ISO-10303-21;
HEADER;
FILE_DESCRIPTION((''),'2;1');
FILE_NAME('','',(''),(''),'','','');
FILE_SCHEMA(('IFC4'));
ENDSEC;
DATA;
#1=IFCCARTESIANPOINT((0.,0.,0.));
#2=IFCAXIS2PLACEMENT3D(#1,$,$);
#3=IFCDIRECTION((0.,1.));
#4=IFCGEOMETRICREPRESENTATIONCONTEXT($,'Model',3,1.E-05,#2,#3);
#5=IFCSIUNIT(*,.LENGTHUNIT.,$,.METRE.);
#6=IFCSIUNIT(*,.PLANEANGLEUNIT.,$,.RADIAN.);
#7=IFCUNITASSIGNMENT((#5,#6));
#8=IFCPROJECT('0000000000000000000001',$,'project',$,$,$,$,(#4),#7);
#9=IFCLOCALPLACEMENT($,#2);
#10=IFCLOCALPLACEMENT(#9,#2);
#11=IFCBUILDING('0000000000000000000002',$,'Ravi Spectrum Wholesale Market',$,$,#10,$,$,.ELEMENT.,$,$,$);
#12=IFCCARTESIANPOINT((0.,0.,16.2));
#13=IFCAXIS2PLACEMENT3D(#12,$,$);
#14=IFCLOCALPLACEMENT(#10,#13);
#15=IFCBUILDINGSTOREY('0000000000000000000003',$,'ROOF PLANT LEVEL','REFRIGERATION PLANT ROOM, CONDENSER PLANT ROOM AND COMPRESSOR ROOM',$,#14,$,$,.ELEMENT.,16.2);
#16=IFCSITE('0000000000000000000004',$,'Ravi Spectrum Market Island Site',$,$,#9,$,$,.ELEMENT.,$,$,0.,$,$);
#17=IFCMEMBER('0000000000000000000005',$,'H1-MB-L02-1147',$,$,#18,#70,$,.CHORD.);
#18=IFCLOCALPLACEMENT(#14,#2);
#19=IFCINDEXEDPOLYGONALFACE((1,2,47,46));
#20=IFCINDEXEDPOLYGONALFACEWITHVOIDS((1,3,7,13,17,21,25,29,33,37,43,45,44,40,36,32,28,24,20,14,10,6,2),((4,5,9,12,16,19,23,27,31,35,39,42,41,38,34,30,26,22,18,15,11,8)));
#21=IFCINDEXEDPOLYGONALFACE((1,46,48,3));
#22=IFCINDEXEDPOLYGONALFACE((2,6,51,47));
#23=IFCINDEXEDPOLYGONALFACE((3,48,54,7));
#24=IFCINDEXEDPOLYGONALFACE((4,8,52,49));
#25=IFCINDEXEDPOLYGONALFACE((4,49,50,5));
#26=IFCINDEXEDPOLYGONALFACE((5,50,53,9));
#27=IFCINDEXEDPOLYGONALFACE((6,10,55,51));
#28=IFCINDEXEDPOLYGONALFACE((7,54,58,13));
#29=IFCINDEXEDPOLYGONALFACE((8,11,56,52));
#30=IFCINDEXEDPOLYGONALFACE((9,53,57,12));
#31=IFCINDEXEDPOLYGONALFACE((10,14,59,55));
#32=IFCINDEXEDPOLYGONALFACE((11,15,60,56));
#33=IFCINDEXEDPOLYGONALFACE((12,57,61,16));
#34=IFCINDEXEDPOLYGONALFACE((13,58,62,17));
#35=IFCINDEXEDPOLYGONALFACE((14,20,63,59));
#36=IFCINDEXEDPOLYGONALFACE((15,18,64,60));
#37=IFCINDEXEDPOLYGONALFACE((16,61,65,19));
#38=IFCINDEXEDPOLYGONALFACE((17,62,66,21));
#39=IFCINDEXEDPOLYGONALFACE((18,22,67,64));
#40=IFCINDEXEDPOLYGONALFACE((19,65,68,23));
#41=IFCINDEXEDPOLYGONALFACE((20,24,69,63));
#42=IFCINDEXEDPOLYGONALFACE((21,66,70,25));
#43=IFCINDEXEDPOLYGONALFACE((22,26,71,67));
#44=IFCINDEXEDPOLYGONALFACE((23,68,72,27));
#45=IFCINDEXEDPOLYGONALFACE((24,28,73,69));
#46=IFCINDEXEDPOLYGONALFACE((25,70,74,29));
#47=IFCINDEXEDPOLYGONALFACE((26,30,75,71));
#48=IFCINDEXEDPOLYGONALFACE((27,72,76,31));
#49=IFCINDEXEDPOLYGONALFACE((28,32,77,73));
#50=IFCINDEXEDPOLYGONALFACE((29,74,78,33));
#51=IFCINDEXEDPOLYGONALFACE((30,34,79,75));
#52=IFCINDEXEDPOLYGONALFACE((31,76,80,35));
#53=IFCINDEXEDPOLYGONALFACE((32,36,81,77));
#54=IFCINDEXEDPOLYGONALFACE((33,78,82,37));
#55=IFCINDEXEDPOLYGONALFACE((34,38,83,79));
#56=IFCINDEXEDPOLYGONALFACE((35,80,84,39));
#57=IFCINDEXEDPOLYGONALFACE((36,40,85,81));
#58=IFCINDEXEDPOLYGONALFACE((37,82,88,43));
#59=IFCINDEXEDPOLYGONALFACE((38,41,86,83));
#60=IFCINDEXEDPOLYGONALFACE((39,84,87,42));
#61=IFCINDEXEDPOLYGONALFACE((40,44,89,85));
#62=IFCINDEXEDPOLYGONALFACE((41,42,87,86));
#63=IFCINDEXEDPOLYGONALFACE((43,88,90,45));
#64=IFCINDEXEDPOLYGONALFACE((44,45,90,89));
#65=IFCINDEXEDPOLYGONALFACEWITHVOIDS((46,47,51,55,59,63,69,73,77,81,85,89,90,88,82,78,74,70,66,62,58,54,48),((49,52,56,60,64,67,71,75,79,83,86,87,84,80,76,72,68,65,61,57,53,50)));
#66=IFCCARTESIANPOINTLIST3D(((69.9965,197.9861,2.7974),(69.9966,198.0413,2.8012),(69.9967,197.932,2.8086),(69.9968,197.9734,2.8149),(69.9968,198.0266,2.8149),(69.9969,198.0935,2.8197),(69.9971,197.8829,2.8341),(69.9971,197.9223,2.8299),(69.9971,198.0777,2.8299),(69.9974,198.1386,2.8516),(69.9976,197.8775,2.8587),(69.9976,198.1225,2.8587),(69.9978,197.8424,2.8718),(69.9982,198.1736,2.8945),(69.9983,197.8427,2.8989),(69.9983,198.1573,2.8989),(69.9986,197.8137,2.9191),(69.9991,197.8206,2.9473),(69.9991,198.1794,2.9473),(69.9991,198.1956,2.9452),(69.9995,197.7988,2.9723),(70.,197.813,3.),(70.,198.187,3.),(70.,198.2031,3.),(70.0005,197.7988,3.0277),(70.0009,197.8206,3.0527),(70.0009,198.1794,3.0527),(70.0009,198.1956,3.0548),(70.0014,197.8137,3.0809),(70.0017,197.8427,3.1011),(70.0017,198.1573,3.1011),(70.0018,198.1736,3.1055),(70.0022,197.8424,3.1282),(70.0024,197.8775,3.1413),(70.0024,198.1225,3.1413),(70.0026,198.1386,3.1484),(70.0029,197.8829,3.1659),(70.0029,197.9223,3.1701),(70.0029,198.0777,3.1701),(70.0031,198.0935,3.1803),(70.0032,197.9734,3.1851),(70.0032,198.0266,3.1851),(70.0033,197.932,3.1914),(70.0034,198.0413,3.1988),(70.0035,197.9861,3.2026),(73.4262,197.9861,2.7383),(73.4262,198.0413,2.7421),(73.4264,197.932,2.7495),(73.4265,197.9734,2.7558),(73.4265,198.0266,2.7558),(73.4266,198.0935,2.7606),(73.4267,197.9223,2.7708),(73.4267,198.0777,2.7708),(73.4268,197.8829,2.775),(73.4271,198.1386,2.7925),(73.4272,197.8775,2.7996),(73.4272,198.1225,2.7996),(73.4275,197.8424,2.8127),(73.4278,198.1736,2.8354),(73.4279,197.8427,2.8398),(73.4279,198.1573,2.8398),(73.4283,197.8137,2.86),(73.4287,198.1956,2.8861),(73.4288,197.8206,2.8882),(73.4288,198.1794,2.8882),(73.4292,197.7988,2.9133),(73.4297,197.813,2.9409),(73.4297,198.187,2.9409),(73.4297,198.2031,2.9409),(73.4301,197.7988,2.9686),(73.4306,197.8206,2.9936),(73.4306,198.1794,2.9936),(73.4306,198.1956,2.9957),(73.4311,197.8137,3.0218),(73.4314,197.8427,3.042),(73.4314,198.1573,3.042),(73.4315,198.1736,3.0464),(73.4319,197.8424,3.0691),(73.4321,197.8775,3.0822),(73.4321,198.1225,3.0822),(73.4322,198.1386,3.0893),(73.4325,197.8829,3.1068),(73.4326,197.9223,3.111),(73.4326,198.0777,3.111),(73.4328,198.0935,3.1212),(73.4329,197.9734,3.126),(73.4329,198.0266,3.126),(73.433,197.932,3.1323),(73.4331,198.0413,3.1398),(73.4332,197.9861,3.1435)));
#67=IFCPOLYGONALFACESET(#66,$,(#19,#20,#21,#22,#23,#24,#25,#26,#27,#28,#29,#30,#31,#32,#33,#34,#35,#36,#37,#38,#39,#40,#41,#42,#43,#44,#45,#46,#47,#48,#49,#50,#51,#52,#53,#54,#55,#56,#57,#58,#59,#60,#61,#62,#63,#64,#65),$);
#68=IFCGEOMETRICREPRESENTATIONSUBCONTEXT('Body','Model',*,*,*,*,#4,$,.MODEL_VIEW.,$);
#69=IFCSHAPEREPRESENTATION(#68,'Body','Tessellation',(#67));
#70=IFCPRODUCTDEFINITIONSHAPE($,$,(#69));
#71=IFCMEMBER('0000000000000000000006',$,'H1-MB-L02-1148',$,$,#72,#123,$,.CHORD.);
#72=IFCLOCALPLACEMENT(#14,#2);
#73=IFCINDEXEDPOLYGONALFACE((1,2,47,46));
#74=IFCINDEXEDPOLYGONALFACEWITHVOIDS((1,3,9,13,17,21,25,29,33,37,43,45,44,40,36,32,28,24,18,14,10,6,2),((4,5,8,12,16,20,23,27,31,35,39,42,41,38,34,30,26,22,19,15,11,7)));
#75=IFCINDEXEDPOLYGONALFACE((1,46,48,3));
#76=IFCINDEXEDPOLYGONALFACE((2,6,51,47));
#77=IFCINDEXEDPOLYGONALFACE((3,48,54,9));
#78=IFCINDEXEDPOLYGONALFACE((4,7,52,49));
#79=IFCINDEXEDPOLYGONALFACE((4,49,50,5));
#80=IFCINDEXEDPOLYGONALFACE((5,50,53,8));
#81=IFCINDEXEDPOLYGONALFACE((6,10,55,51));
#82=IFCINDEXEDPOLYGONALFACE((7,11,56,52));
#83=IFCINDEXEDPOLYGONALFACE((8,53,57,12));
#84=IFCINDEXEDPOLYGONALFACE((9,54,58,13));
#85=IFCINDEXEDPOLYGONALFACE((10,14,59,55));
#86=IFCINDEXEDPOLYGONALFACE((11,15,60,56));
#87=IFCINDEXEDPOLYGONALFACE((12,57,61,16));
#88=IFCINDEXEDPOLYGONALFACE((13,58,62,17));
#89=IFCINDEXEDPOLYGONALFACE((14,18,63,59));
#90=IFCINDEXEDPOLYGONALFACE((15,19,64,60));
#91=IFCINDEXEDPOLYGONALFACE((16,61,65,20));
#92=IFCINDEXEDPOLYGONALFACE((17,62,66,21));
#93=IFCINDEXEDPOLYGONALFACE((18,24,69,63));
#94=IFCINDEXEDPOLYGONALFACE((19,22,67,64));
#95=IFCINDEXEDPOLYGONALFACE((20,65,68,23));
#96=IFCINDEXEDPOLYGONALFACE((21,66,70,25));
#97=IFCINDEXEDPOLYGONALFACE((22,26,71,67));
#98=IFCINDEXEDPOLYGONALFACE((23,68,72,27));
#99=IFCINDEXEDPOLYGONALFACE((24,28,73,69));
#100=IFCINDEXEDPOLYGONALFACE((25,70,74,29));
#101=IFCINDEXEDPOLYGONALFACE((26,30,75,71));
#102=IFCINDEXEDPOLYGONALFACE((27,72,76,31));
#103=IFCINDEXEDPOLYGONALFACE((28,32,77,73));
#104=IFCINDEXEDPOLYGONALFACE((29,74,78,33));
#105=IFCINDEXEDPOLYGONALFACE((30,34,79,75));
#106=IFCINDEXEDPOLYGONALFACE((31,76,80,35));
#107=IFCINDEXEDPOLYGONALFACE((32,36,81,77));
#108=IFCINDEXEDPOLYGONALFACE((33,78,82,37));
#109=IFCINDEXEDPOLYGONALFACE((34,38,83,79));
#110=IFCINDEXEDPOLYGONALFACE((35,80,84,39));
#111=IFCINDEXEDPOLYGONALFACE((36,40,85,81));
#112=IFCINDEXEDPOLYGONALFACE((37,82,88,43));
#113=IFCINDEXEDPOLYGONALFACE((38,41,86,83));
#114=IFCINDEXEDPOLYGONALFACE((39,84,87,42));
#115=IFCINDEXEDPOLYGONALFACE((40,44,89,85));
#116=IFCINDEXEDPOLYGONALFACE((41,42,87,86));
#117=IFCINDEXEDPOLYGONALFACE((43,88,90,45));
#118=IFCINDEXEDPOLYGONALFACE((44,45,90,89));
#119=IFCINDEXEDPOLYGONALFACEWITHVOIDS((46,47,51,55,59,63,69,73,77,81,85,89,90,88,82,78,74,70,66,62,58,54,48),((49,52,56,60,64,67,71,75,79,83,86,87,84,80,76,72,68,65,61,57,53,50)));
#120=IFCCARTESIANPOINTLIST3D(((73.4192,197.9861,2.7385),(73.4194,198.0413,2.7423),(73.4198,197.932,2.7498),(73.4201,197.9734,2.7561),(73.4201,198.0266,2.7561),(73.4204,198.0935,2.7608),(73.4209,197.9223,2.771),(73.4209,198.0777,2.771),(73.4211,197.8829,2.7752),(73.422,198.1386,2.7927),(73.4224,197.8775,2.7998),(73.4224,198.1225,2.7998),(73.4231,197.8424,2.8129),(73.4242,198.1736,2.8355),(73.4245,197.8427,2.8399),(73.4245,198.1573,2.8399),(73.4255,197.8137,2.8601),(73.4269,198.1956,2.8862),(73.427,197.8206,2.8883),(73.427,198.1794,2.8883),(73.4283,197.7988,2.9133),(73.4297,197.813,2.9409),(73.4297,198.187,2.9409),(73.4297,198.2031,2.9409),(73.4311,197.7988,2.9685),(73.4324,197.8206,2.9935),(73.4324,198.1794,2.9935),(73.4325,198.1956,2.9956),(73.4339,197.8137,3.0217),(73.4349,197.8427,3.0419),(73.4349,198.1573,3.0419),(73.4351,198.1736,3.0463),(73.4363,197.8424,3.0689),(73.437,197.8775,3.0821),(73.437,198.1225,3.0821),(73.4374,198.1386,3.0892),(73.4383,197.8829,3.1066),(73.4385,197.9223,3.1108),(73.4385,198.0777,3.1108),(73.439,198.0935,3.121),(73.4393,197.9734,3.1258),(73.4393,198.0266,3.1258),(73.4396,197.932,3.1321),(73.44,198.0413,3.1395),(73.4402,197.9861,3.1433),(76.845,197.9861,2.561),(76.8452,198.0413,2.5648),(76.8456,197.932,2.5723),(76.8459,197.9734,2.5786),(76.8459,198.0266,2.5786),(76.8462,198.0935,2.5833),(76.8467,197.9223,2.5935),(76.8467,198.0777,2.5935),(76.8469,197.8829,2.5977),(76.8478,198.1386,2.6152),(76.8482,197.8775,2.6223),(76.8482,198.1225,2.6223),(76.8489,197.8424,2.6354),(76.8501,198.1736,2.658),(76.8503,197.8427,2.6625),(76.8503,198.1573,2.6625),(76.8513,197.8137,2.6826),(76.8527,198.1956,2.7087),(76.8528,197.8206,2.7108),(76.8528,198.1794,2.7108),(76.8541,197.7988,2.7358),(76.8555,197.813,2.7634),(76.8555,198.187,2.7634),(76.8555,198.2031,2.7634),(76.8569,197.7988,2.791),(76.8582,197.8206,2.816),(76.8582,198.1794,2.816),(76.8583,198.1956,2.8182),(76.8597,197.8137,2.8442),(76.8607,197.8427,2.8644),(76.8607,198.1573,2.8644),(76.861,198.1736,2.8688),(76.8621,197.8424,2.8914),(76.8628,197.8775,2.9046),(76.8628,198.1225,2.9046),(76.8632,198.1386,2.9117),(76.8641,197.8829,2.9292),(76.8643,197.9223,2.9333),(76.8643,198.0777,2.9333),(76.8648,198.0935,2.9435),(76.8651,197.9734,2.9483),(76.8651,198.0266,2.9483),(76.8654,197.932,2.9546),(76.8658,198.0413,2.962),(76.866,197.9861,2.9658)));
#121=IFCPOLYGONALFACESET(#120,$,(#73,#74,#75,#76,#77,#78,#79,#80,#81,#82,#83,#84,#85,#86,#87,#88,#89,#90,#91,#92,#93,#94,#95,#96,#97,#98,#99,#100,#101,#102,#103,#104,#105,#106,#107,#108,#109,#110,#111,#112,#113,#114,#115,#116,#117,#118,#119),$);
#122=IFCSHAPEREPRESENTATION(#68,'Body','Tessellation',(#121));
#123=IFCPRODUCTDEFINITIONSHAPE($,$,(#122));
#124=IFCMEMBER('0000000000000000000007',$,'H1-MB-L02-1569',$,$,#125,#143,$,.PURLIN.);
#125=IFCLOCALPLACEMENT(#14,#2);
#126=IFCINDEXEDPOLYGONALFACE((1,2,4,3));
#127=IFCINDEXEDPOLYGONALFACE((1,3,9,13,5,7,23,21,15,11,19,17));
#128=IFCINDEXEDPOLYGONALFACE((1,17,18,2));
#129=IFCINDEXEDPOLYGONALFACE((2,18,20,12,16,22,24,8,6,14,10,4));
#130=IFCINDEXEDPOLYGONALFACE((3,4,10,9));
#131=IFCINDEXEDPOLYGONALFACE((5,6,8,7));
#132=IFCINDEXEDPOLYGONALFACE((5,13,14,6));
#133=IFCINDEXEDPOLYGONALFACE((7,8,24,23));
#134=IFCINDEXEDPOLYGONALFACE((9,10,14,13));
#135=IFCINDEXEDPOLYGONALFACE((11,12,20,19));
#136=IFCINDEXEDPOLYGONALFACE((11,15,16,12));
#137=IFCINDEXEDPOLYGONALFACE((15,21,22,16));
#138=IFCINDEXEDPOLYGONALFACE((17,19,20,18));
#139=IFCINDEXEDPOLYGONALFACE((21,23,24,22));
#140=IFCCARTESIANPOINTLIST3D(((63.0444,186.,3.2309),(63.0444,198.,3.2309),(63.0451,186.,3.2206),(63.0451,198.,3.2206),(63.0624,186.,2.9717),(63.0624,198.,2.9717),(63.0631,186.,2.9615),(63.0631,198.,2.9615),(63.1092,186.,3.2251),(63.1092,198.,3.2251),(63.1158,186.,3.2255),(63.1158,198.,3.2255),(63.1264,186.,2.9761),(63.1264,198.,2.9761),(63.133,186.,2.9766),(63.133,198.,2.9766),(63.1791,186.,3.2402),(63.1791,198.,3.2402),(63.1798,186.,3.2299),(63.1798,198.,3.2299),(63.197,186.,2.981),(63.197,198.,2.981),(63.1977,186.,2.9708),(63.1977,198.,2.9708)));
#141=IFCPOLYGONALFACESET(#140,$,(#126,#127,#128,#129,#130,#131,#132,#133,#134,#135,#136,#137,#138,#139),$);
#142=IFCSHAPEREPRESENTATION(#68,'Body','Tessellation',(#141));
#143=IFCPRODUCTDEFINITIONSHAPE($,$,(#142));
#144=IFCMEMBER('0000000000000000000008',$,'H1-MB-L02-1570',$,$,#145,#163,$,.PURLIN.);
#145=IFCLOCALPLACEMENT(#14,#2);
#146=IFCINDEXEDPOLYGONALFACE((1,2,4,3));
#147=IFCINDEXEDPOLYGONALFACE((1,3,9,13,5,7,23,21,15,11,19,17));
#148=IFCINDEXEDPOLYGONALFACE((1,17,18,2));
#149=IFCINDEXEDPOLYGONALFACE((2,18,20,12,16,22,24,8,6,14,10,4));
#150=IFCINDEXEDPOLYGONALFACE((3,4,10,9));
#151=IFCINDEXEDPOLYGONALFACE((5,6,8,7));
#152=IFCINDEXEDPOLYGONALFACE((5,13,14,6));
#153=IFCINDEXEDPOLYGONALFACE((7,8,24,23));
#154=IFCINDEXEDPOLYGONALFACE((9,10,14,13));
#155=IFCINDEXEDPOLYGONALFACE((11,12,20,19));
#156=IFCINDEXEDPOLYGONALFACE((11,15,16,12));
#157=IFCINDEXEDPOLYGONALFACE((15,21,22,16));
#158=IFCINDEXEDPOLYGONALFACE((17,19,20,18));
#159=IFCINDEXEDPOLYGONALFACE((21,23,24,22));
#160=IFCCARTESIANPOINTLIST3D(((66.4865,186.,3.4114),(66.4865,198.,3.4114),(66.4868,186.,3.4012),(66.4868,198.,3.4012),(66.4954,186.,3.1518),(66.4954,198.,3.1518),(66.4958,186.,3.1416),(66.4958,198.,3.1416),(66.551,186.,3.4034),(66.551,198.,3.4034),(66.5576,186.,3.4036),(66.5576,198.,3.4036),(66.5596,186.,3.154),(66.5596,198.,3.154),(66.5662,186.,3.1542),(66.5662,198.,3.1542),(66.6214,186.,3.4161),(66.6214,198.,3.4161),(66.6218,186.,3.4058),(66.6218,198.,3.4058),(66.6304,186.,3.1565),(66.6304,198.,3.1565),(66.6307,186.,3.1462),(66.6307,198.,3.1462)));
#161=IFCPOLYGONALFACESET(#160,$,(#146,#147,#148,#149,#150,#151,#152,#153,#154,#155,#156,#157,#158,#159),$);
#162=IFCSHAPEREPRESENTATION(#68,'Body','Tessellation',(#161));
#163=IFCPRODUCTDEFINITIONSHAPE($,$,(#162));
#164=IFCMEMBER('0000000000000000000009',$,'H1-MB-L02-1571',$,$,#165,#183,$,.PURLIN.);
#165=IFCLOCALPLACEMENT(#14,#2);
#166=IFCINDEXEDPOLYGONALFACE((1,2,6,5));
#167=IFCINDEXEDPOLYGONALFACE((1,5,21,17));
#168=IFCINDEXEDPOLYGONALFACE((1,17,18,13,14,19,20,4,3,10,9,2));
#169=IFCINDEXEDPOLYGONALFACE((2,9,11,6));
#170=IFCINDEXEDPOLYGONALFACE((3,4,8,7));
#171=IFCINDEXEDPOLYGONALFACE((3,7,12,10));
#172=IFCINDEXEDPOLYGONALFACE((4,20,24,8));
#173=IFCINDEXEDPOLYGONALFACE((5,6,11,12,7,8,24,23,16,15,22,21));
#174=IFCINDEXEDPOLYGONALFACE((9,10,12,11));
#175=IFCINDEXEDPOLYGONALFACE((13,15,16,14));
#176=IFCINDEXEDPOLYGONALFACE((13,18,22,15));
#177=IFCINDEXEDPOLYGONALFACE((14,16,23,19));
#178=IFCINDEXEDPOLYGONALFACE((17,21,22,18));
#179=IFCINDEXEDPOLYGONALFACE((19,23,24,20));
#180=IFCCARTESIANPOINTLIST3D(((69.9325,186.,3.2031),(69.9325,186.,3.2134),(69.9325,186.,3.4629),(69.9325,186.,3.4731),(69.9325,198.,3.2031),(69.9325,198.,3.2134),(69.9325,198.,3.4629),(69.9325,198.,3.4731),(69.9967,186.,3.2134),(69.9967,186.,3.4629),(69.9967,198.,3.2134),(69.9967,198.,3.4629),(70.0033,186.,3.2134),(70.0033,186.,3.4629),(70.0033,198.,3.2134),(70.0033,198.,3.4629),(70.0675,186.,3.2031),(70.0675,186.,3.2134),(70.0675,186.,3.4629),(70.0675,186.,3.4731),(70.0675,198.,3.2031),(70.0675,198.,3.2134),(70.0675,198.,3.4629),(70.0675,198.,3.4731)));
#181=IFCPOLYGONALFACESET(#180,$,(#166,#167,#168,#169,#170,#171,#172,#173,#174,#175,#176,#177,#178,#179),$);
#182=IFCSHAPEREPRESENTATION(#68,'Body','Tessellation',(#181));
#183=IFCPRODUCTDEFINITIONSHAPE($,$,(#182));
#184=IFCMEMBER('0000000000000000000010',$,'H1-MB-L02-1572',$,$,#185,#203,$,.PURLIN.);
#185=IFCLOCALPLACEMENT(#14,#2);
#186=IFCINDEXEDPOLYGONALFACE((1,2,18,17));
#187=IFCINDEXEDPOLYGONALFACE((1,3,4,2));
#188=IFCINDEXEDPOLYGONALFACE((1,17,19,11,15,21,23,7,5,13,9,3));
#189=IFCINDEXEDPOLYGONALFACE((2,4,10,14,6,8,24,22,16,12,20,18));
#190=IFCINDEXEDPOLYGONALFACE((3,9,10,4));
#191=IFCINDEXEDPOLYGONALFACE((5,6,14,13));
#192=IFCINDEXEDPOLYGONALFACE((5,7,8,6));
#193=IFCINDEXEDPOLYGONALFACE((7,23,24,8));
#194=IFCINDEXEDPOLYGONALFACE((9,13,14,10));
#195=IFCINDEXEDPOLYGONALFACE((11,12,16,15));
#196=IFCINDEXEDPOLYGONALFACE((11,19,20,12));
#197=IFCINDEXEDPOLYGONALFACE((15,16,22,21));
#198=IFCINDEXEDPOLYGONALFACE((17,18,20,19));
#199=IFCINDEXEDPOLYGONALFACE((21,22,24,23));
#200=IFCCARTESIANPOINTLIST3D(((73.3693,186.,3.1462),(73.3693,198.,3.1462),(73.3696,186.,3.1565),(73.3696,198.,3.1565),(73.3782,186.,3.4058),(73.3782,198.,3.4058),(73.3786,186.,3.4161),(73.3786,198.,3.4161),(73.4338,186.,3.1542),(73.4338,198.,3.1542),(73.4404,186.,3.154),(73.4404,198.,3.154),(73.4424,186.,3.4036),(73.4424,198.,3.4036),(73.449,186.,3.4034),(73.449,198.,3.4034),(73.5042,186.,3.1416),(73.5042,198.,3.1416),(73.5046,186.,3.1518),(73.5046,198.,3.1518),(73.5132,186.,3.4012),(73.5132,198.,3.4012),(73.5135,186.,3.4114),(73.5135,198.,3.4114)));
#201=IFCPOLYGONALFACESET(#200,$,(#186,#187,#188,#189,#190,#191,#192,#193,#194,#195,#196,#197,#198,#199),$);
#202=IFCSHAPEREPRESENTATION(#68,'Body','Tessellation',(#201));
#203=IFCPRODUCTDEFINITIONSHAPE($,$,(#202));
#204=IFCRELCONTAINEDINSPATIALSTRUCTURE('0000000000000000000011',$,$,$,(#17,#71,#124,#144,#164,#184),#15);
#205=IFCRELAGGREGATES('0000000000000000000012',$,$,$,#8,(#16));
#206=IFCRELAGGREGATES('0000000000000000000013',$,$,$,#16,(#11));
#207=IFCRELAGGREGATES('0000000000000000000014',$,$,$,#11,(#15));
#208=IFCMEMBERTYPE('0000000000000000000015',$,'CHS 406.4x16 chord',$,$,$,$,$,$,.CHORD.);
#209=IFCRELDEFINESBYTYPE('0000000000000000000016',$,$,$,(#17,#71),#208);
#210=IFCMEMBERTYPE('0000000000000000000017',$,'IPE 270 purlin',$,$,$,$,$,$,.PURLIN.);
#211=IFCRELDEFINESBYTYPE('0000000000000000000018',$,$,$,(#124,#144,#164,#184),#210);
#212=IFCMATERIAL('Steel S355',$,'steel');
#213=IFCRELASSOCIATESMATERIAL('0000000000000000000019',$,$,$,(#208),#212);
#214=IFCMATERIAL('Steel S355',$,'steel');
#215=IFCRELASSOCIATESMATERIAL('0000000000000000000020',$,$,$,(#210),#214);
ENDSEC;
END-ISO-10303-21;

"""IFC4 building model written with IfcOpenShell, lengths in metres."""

from ifc_helpers import new_model, si_unit, direction, frame, origin, origin_2d, place, context, subcontext, project, spatial, hollow_circle, i_section, extrude, material, material_profile, profile_set, type_object, element, save


model = new_model("IFC4")

# Units and contexts
model_context = context("Model", 3, precision=1e-05, world=origin(), true_north=direction((0.0, 1.0)))
body_context = subcontext(model_context, "Body", "Model", "MODEL_VIEW")
ifc_project = project(units=[si_unit("LENGTHUNIT", "METRE"), si_unit("PLANEANGLEUNIT", "RADIAN")], contexts=[model_context])

# Site, building, storey
site_placement = place(None, origin())
site = spatial("IfcSite", under=ifc_project, at=site_placement, Name="Ravi Spectrum Market Island Site", CompositionType="ELEMENT", RefElevation=0.0)
building_placement = place(site_placement, origin())
building = spatial("IfcBuilding", under=site, at=building_placement, Name="Ravi Spectrum Wholesale Market", CompositionType="ELEMENT")
storey_placement = place(building_placement, frame((0.0, 0.0, 16.2)))
storey = spatial("IfcBuildingStorey", under=building, at=storey_placement, Name="ROOF PLANT LEVEL", Description="REFRIGERATION PLANT ROOM, CONDENSER PLANT ROOM AND COMPRESSOR ROOM", CompositionType="ELEMENT", Elevation=16.2)

# Members
ifc_material_1 = material(Name="Steel S355", Category="steel")
ifc_material_profile_1 = material_profile(ifc_material_1, hollow_circle(Radius=0.2031, WallThickness=0.0161, at=origin_2d()))
ifc_profile_set_1 = profile_set([ifc_material_profile_1], Name="Steel S355")
member_type_1 = type_object("IfcMemberType", Name="CHS 406.4x16 chord", PredefinedType="CHORD", material=ifc_profile_set_1)
for number, where, z_axis, x_axis, name in (
    (1, (70.0, 198.0, 3.0), (0.999852, 0.0, -0.017224), (0.0, 1.0, 0.0), "H1-MB-L02-1147"),
):
    element("IfcMember", number, at=place(storey_placement, frame(where, z_axis=z_axis, x_axis=x_axis)), inside=storey, type_object=member_type_1, Name=name, PredefinedType="CHORD", context=body_context, shape_type="SweptSolid", body=[
        extrude(hollow_circle(Radius=0.2031, WallThickness=0.0161, at=origin_2d()), origin(), (0.0, 0.0, 1.0), 3.4302),
    ])
member_1_placement = place(storey_placement, frame((73.4297, 198.0, 2.9409), z_axis=(0.998661, 0.0, -0.051741), x_axis=(0.0, 1.0, 0.0)))
element("IfcMember", 2, at=member_1_placement, inside=storey, type_object=member_type_1, Name="H1-MB-L02-1148", PredefinedType="CHORD", context=body_context, shape_type="SweptSolid", body=[
    extrude(hollow_circle(Radius=0.2031, WallThickness=0.0161, at=origin_2d()), origin(), (0.0, 0.0, 1.0), 3.4304),
])
ifc_material_2 = material(Name="Steel S355", Category="steel")
ifc_material_profile_2 = material_profile(ifc_material_2, i_section(OverallWidth=0.135, OverallDepth=0.27, WebThickness=0.0066, FlangeThickness=0.0103, at=origin_2d()))
ifc_profile_set_2 = profile_set([ifc_material_profile_2], Name="Steel S355")
member_type_2 = type_object("IfcMemberType", Name="IPE 270 purlin", PredefinedType="PURLIN", material=ifc_profile_set_2)
for number, where, z_axis, x_axis, name in (
    (3, (63.1211, 186.0, 3.1008), (0.0, 1.0, 0.0), (-0.997621, 0.0, -0.068943), "H1-MB-L02-1569"),
    (4, (66.5586, 186.0, 3.2788), (0.0, 1.0, 0.0), (-0.999405, 0.0, -0.034492), "H1-MB-L02-1570"),
    (5, (70.0, 186.0, 3.3381), (0.0, 1.0, 0.0), (-1.0, 0.0, 0.0), "H1-MB-L02-1571"),
    (6, (73.4414, 186.0, 3.2788), (0.0, 1.0, 0.0), (-0.999405, 0.0, 0.034492), "H1-MB-L02-1572"),
):
    element("IfcMember", number, at=place(storey_placement, frame(where, z_axis=z_axis, x_axis=x_axis)), inside=storey, type_object=member_type_2, Name=name, PredefinedType="PURLIN", context=body_context, shape_type="SweptSolid", body=[
        extrude(i_section(OverallWidth=0.135, OverallDepth=0.27, WebThickness=0.0066, FlangeThickness=0.0103, at=origin_2d()), origin(), (0.0, 0.0, 1.0), 12.0),
    ])

save(model, "model.ifc")
